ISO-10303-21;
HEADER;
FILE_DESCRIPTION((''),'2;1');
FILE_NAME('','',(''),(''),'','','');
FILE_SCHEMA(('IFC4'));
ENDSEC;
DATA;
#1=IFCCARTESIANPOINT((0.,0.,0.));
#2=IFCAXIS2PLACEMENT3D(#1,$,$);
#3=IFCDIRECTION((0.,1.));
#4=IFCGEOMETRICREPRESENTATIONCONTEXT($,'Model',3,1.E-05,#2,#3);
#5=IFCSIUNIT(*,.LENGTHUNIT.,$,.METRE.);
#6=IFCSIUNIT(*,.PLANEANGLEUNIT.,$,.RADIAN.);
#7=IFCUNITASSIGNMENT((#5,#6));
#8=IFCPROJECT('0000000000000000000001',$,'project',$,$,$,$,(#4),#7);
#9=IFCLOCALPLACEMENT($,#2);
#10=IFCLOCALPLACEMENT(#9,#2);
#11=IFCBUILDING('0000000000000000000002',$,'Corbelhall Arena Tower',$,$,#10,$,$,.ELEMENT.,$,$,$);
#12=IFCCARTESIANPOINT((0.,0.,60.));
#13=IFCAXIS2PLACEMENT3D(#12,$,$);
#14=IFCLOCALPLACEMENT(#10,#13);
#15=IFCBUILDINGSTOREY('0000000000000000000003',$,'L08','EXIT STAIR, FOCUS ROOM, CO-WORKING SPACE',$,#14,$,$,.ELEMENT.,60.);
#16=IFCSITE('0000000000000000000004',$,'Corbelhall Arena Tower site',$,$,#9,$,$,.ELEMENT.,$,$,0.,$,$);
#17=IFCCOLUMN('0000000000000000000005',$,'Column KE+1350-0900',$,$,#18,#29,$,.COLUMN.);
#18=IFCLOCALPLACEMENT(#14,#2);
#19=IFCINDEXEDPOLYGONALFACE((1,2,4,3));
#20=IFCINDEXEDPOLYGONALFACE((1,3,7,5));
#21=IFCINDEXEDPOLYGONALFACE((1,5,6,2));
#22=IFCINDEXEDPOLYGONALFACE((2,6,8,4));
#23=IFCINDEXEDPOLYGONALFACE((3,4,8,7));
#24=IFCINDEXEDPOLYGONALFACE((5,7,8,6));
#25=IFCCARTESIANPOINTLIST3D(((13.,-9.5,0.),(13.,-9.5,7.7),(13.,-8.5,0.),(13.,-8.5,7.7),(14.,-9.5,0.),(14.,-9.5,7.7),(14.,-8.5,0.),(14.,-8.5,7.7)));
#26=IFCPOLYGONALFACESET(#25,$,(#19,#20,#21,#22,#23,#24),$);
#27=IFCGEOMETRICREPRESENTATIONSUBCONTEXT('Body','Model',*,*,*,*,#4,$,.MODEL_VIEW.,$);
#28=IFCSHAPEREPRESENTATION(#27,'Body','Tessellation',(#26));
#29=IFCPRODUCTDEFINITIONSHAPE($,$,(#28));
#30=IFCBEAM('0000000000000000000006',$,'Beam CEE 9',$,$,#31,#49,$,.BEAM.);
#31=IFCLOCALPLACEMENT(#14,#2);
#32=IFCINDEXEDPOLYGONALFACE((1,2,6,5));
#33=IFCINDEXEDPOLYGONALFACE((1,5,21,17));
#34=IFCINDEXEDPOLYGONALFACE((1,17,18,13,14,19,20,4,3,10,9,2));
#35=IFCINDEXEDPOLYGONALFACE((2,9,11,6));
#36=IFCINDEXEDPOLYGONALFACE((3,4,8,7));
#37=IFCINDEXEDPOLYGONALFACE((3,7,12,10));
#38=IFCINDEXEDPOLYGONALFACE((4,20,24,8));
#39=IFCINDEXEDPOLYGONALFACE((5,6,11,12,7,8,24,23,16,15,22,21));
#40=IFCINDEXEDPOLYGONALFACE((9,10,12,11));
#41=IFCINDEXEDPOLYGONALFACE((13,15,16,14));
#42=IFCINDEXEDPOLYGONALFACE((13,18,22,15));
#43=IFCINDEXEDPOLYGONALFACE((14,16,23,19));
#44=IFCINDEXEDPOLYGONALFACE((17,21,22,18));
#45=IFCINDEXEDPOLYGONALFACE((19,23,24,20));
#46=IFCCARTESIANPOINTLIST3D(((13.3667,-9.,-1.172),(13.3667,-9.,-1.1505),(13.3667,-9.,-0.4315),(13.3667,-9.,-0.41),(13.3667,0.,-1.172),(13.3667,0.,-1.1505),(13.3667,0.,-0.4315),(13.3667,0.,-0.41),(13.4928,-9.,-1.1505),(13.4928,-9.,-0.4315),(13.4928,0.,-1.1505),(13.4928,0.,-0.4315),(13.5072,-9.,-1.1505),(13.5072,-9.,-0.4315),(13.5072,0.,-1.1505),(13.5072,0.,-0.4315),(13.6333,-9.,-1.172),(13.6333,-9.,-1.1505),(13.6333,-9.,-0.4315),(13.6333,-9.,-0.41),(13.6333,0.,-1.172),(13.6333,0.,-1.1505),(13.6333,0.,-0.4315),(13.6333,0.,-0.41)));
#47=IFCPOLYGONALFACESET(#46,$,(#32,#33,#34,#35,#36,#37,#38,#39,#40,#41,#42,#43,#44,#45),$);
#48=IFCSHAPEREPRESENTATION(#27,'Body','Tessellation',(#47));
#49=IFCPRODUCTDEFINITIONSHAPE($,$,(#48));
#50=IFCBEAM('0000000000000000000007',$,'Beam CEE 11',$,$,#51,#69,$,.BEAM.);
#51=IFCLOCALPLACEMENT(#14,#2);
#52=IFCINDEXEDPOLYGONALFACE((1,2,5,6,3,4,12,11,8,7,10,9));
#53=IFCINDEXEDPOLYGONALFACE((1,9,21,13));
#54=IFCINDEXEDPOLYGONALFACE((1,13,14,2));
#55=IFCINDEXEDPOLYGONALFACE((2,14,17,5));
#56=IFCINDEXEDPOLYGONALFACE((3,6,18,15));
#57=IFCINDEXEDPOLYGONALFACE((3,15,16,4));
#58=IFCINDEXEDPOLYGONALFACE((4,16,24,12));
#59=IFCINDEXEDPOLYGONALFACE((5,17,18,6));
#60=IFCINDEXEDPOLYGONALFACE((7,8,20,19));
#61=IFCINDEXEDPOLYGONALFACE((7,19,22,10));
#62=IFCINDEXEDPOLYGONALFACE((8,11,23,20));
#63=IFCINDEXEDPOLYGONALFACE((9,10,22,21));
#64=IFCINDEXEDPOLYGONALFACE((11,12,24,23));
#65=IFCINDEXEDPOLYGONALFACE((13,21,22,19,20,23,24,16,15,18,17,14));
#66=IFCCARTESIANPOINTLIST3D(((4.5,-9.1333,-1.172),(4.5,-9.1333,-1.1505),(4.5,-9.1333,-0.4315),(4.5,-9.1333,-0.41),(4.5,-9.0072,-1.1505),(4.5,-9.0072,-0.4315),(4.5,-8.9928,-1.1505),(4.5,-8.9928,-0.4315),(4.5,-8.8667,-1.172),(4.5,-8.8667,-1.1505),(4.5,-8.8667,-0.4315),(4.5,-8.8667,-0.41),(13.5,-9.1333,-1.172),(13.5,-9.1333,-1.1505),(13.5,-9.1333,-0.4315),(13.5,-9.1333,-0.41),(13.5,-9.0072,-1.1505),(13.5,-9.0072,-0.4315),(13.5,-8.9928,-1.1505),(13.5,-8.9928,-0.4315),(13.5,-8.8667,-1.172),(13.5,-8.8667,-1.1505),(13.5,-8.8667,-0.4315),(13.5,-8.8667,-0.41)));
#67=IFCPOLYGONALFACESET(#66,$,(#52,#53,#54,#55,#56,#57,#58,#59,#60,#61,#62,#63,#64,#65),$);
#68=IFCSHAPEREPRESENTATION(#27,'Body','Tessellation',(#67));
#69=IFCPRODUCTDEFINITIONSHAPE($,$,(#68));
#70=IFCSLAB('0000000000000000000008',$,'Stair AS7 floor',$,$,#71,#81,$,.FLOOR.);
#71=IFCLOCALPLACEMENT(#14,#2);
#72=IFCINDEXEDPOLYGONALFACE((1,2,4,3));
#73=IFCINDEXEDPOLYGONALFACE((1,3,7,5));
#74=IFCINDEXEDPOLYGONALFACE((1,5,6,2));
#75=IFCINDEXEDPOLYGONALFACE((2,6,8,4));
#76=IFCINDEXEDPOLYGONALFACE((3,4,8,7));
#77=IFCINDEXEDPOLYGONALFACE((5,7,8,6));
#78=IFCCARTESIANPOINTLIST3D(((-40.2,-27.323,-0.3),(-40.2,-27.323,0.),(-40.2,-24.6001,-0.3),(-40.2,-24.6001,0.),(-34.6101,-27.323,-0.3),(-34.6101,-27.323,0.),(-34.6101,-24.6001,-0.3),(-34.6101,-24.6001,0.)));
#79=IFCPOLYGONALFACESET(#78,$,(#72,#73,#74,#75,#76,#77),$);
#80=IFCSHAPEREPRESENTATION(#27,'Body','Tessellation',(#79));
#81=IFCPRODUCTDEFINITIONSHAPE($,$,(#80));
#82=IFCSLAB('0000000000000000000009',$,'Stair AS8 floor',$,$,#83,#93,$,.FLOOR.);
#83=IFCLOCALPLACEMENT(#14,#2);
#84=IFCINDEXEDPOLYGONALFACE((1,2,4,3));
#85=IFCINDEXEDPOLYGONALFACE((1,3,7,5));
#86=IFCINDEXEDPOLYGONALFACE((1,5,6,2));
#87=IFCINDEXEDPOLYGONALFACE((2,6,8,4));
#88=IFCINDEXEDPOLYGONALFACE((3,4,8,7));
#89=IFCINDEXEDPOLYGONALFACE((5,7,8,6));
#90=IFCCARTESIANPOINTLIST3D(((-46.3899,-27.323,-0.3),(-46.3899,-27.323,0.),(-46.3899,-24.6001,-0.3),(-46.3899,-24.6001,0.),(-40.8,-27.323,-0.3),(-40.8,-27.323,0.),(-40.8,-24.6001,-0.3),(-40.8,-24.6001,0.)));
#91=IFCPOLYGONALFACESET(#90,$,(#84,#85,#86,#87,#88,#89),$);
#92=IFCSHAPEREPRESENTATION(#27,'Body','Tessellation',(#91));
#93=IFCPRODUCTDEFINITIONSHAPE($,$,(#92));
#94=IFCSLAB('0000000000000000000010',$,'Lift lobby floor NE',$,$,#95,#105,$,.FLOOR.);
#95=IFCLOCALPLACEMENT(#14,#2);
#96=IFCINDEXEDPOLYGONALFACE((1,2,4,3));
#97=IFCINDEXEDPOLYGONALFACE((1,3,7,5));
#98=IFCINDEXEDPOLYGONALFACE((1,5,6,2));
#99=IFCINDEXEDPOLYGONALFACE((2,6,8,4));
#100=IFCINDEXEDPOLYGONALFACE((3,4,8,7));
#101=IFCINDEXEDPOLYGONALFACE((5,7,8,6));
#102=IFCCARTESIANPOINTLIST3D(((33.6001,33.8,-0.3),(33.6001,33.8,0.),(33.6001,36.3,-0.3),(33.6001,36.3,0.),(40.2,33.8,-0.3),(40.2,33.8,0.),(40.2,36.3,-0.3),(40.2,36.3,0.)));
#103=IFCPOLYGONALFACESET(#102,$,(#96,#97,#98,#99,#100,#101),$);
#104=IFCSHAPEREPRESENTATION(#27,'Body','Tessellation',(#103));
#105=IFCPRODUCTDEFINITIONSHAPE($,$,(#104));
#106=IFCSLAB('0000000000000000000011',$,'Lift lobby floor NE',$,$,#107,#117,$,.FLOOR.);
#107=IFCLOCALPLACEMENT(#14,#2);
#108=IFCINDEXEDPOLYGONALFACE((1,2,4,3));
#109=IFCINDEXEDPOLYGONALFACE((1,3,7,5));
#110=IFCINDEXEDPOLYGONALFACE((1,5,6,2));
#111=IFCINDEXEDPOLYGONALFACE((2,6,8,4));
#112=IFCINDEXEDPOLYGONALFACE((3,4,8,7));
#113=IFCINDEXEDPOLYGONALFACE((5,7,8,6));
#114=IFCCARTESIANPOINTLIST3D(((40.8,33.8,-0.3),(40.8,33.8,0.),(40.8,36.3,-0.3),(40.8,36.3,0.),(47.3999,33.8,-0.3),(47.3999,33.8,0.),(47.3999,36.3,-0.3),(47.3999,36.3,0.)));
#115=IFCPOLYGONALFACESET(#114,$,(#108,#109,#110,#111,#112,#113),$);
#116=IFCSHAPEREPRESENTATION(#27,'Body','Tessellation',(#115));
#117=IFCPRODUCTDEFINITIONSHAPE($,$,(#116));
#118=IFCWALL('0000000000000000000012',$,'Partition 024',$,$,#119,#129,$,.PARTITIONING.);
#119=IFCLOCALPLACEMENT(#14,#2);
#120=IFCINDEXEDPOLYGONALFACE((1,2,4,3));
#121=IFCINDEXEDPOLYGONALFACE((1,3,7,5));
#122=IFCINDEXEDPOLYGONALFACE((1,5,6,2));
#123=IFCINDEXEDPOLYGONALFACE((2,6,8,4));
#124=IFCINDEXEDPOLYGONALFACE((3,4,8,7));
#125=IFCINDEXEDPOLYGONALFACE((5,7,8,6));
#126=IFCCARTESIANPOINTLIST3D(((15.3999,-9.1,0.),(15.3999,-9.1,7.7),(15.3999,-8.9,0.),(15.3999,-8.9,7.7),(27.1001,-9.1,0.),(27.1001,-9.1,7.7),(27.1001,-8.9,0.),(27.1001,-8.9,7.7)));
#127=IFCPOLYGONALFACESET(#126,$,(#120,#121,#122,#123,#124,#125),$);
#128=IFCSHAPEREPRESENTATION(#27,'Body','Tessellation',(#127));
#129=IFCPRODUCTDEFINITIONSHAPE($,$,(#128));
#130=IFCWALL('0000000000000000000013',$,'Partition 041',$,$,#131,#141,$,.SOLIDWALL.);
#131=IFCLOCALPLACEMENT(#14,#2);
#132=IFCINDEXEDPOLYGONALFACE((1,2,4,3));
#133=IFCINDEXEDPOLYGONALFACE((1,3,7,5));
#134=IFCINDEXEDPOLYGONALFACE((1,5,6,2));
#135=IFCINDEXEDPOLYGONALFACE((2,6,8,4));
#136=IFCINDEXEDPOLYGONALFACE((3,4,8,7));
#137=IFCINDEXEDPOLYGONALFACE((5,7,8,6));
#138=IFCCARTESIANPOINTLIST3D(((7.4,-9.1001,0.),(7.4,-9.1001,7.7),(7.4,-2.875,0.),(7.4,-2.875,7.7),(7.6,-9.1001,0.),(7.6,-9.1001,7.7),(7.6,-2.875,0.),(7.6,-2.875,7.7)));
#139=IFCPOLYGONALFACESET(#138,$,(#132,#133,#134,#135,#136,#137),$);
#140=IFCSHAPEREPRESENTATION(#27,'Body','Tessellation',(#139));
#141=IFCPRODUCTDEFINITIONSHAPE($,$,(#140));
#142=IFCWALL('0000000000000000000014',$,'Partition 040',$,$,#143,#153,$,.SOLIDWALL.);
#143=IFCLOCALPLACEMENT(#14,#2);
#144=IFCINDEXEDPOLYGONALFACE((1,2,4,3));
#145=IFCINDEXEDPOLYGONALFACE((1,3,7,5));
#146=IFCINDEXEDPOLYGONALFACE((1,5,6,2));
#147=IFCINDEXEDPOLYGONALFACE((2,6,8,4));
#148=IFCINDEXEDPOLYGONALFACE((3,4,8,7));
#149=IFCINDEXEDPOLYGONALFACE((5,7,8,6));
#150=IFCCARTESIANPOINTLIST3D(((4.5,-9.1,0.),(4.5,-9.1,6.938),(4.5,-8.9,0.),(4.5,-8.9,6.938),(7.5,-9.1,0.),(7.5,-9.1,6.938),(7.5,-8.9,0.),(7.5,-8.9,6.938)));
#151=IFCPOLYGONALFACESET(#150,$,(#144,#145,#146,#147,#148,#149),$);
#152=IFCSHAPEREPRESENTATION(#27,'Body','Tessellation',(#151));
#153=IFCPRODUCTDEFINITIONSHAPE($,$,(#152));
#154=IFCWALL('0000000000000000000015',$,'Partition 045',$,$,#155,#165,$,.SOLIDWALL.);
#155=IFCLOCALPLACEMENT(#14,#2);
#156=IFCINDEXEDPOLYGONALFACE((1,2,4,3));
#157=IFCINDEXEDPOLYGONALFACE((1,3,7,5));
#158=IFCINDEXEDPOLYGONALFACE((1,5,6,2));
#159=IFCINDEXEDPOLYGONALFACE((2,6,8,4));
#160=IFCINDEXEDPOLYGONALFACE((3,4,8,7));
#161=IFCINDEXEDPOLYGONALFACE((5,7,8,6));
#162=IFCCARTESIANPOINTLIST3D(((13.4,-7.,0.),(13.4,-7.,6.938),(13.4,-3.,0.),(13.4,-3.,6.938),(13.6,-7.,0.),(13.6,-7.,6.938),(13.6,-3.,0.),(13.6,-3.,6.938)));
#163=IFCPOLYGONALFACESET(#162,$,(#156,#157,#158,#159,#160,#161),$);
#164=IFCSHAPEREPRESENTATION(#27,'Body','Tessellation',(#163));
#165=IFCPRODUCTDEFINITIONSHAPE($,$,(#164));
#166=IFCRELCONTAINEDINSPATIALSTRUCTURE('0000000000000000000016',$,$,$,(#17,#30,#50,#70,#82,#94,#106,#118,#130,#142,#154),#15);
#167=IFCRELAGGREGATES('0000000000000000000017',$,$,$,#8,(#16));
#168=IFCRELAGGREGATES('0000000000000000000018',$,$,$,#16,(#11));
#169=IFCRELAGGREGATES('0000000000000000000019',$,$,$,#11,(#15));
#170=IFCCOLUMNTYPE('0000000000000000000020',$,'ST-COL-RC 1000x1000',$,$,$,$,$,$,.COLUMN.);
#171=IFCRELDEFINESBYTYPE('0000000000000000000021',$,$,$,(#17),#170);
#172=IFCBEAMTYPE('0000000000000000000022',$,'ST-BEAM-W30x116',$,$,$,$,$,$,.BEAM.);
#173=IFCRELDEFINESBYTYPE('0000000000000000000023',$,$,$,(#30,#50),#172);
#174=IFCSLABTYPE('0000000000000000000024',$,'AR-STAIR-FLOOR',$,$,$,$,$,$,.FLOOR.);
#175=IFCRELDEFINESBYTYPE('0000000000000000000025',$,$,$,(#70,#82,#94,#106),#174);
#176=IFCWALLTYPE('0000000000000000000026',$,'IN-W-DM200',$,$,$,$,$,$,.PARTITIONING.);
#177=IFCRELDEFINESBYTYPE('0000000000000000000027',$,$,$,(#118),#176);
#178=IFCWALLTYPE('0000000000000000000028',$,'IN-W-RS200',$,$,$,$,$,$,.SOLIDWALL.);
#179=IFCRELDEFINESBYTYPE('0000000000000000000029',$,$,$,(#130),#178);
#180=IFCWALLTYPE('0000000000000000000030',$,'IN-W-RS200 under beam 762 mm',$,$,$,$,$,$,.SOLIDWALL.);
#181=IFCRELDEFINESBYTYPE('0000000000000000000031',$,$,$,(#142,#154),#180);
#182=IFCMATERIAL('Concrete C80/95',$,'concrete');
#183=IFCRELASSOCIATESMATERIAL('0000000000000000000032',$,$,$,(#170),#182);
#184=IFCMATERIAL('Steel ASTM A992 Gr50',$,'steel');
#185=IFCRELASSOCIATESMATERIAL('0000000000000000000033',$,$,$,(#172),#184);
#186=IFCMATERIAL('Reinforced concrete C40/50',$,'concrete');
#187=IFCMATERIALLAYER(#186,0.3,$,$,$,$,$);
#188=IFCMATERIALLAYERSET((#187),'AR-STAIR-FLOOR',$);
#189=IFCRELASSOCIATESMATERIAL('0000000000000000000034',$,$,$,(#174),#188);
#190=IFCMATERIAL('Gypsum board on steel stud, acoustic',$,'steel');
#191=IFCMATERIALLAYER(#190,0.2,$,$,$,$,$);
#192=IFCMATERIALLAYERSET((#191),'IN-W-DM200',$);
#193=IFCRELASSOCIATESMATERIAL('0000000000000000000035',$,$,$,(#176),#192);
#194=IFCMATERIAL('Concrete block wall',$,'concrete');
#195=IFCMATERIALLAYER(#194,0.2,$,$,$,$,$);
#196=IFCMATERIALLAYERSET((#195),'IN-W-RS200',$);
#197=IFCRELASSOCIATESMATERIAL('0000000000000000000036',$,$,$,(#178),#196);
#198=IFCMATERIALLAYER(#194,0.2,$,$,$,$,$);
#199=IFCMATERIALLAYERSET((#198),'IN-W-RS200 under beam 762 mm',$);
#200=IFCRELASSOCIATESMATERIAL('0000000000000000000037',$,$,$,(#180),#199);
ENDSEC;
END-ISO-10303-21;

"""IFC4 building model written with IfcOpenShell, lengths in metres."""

from ifc_helpers import new_model, si_unit, direction, frame, frame_2d, origin, origin_2d, place, context, subcontext, project, spatial, polyline, rectangle, i_section, outline, extrude, material, layer, layer_set, material_profile, profile_set, type_object, element, save


model = new_model("IFC4")

# Units and contexts
model_context = context("Model", 3, precision=1e-05, world=origin(), true_north=direction((0.0, 1.0)))
body_context = subcontext(model_context, "Body", "Model", "MODEL_VIEW")
ifc_project = project(units=[si_unit("LENGTHUNIT", "METRE"), si_unit("PLANEANGLEUNIT", "RADIAN")], contexts=[model_context])

# Site, building, storey
site_placement = place(None, origin())
site = spatial("IfcSite", under=ifc_project, at=site_placement, Name="Corbelhall Arena Tower site", CompositionType="ELEMENT", RefElevation=0.0)
building_placement = place(site_placement, origin())
building = spatial("IfcBuilding", under=site, at=building_placement, Name="Corbelhall Arena Tower", CompositionType="ELEMENT")
storey_placement = place(building_placement, frame((0.0, 0.0, 60.0)))
storey = spatial("IfcBuildingStorey", under=building, at=storey_placement, Name="L08", Description="EXIT STAIR, FOCUS ROOM, CO-WORKING SPACE", CompositionType="ELEMENT", Elevation=60.0)

# Column
ifc_material_1 = material(Name="Concrete C80/95", Category="concrete")
ifc_material_profile_1 = material_profile(ifc_material_1, rectangle(XDim=1.0, YDim=1.0, at=origin_2d()))
ifc_profile_set_1 = profile_set([ifc_material_profile_1], Name="Concrete C80/95")
column_type = type_object("IfcColumnType", Name="ST-COL-RC 1000x1000", PredefinedType="COLUMN", material=ifc_profile_set_1)
column_placement = place(storey_placement, frame((13.5, -9.0, 0.0), z_axis=(0.0, 0.0, 1.0), x_axis=(1.0, 0.0, 0.0)))
element("IfcColumn", 1, at=column_placement, inside=storey, type_object=column_type, Name="Column KE+1350-0900", PredefinedType="COLUMN", context=body_context, shape_type="SweptSolid", body=[
    extrude(rectangle(XDim=1.0, YDim=1.0, at=origin_2d()), origin(), (0.0, 0.0, 1.0), 7.7),
])

# Beams
ifc_material_2 = material(Name="Steel ASTM A992 Gr50", Category="steel")
ifc_material_profile_2 = material_profile(ifc_material_2, i_section(OverallWidth=0.2666, OverallDepth=0.762, WebThickness=0.0144, FlangeThickness=0.0215, at=origin_2d()))
ifc_profile_set_2 = profile_set([ifc_material_profile_2], Name="Steel ASTM A992 Gr50")
beam_type = type_object("IfcBeamType", Name="ST-BEAM-W30x116", PredefinedType="BEAM", material=ifc_profile_set_2)
for number, where, z_axis, x_axis, name in (
    (2, (13.5, -9.0, -0.791), (0.0, 1.0, 0.0), (-1.0, 0.0, 0.0), "Beam CEE 9"),
    (3, (4.5, -9.0, -0.791), (1.0, 0.0, 0.0), (0.0, 1.0, 0.0), "Beam CEE 11"),
):
    element("IfcBeam", number, at=place(storey_placement, frame(where, z_axis=z_axis, x_axis=x_axis)), inside=storey, type_object=beam_type, Name=name, PredefinedType="BEAM", context=body_context, shape_type="SweptSolid", body=[
        extrude(i_section(OverallWidth=0.2666, OverallDepth=0.762, WebThickness=0.0144, FlangeThickness=0.0215, at=origin_2d()), origin(), (0.0, 0.0, 1.0), 9.0),
    ])

# Slabs
ifc_material_3 = material(Name="Reinforced concrete C40/50", Category="concrete")
ifc_layer_1 = layer(ifc_material_3, 0.3)
ifc_layer_set_1 = layer_set([ifc_layer_1], Name="AR-STAIR-FLOOR")
slab_type = type_object("IfcSlabType", Name="AR-STAIR-FLOOR", PredefinedType="FLOOR", material=ifc_layer_set_1)
slab_1_placement = place(storey_placement, frame((0.0, 0.0, -0.3)))
element("IfcSlab", 4, at=slab_1_placement, inside=storey, type_object=slab_type, Name="Stair AS7 floor", PredefinedType="FLOOR", context=body_context, shape_type="SweptSolid", body=[
    extrude(outline(polyline([(-40.2, -24.6001), (-34.6101, -24.6001), (-34.6101, -27.323), (-40.2, -27.323), (-40.2, -24.6001)])), origin(), (0.0, 0.0, 1.0), 0.3),
])
slab_2_placement = place(storey_placement, frame((0.0, 0.0, -0.3)))
element("IfcSlab", 5, at=slab_2_placement, inside=storey, type_object=slab_type, Name="Stair AS8 floor", PredefinedType="FLOOR", context=body_context, shape_type="SweptSolid", body=[
    extrude(outline(polyline([(-46.3899, -24.6001), (-40.8, -24.6001), (-40.8, -27.323), (-46.3899, -27.323), (-46.3899, -24.6001)])), origin(), (0.0, 0.0, 1.0), 0.3),
])
slab_3_placement = place(storey_placement, frame((0.0, 0.0, -0.3)))
element("IfcSlab", 6, at=slab_3_placement, inside=storey, type_object=slab_type, Name="Lift lobby floor NE", PredefinedType="FLOOR", context=body_context, shape_type="SweptSolid", body=[
    extrude(outline(polyline([(40.2, 33.8), (40.2, 36.3), (33.6001, 36.3), (33.6001, 33.8), (40.2, 33.8)])), origin(), (0.0, 0.0, 1.0), 0.3),
])
slab_4_placement = place(storey_placement, frame((0.0, 0.0, -0.3)))
element("IfcSlab", 7, at=slab_4_placement, inside=storey, type_object=slab_type, Name="Lift lobby floor NE", PredefinedType="FLOOR", context=body_context, shape_type="SweptSolid", body=[
    extrude(outline(polyline([(47.3999, 33.8), (47.3999, 36.3), (40.8, 36.3), (40.8, 33.8), (47.3999, 33.8)])), origin(), (0.0, 0.0, 1.0), 0.3),
])

# Shared definitions
ifc_material_4 = material(Name="Gypsum board on steel stud, acoustic", Category="steel")
ifc_layer_2 = layer(ifc_material_4, 0.2)
ifc_layer_set_2 = layer_set([ifc_layer_2], Name="IN-W-DM200")
wall_type_1 = type_object("IfcWallType", Name="IN-W-DM200", PredefinedType="PARTITIONING", material=ifc_layer_set_2)

# Wall
wall_1_placement = place(storey_placement, frame((15.3999, -9.0, 0.0), z_axis=(0.0, 0.0, 1.0), x_axis=(1.0, 0.0, 0.0)))
element("IfcWall", 8, at=wall_1_placement, inside=storey, type_object=wall_type_1, Name="Partition 024", PredefinedType="PARTITIONING", context=body_context, shape_type="SweptSolid", body=[
    extrude(rectangle(XDim=11.7002, YDim=0.2, at=frame_2d((5.8501, 0.0))), origin(), (0.0, 0.0, 1.0), 7.7),
])

# Wall
ifc_material_5 = material(Name="Concrete block wall", Category="concrete")
ifc_layer_3 = layer(ifc_material_5, 0.2)
ifc_layer_set_3 = layer_set([ifc_layer_3], Name="IN-W-RS200")
wall_type_2 = type_object("IfcWallType", Name="IN-W-RS200", PredefinedType="SOLIDWALL", material=ifc_layer_set_3)
wall_2_placement = place(storey_placement, frame((7.5, -2.875, 0.0), z_axis=(0.0, 0.0, 1.0), x_axis=(0.0, -1.0, 0.0)))
element("IfcWall", 9, at=wall_2_placement, inside=storey, type_object=wall_type_2, Name="Partition 041", PredefinedType="SOLIDWALL", context=body_context, shape_type="SweptSolid", body=[
    extrude(rectangle(XDim=6.2251, YDim=0.2, at=frame_2d((3.1125, 0.0))), origin(), (0.0, 0.0, 1.0), 7.7),
])

# Walls
ifc_layer_4 = layer(ifc_material_5, 0.2)
ifc_layer_set_4 = layer_set([ifc_layer_4], Name="IN-W-RS200 under beam 762 mm")
wall_type_3 = type_object("IfcWallType", Name="IN-W-RS200 under beam 762 mm", PredefinedType="SOLIDWALL", material=ifc_layer_set_4)
wall_3_placement = place(storey_placement, frame((7.5, -9.0, 0.0), z_axis=(0.0, 0.0, 1.0), x_axis=(-1.0, 0.0, 0.0)))
element("IfcWall", 10, at=wall_3_placement, inside=storey, type_object=wall_type_3, Name="Partition 040", PredefinedType="SOLIDWALL", context=body_context, shape_type="SweptSolid", body=[
    extrude(rectangle(XDim=3.0, YDim=0.2, at=frame_2d((1.5, 0.0))), origin(), (0.0, 0.0, 1.0), 6.938),
])
wall_4_placement = place(storey_placement, frame((13.5, -3.0, 0.0), z_axis=(0.0, 0.0, 1.0), x_axis=(0.0, -1.0, 0.0)))
element("IfcWall", 11, at=wall_4_placement, inside=storey, type_object=wall_type_3, Name="Partition 045", PredefinedType="SOLIDWALL", context=body_context, shape_type="SweptSolid", body=[
    extrude(rectangle(XDim=4.0, YDim=0.2, at=frame_2d((2.0, 0.0))), origin(), (0.0, 0.0, 1.0), 6.938),
])

save(model, "model.ifc")
